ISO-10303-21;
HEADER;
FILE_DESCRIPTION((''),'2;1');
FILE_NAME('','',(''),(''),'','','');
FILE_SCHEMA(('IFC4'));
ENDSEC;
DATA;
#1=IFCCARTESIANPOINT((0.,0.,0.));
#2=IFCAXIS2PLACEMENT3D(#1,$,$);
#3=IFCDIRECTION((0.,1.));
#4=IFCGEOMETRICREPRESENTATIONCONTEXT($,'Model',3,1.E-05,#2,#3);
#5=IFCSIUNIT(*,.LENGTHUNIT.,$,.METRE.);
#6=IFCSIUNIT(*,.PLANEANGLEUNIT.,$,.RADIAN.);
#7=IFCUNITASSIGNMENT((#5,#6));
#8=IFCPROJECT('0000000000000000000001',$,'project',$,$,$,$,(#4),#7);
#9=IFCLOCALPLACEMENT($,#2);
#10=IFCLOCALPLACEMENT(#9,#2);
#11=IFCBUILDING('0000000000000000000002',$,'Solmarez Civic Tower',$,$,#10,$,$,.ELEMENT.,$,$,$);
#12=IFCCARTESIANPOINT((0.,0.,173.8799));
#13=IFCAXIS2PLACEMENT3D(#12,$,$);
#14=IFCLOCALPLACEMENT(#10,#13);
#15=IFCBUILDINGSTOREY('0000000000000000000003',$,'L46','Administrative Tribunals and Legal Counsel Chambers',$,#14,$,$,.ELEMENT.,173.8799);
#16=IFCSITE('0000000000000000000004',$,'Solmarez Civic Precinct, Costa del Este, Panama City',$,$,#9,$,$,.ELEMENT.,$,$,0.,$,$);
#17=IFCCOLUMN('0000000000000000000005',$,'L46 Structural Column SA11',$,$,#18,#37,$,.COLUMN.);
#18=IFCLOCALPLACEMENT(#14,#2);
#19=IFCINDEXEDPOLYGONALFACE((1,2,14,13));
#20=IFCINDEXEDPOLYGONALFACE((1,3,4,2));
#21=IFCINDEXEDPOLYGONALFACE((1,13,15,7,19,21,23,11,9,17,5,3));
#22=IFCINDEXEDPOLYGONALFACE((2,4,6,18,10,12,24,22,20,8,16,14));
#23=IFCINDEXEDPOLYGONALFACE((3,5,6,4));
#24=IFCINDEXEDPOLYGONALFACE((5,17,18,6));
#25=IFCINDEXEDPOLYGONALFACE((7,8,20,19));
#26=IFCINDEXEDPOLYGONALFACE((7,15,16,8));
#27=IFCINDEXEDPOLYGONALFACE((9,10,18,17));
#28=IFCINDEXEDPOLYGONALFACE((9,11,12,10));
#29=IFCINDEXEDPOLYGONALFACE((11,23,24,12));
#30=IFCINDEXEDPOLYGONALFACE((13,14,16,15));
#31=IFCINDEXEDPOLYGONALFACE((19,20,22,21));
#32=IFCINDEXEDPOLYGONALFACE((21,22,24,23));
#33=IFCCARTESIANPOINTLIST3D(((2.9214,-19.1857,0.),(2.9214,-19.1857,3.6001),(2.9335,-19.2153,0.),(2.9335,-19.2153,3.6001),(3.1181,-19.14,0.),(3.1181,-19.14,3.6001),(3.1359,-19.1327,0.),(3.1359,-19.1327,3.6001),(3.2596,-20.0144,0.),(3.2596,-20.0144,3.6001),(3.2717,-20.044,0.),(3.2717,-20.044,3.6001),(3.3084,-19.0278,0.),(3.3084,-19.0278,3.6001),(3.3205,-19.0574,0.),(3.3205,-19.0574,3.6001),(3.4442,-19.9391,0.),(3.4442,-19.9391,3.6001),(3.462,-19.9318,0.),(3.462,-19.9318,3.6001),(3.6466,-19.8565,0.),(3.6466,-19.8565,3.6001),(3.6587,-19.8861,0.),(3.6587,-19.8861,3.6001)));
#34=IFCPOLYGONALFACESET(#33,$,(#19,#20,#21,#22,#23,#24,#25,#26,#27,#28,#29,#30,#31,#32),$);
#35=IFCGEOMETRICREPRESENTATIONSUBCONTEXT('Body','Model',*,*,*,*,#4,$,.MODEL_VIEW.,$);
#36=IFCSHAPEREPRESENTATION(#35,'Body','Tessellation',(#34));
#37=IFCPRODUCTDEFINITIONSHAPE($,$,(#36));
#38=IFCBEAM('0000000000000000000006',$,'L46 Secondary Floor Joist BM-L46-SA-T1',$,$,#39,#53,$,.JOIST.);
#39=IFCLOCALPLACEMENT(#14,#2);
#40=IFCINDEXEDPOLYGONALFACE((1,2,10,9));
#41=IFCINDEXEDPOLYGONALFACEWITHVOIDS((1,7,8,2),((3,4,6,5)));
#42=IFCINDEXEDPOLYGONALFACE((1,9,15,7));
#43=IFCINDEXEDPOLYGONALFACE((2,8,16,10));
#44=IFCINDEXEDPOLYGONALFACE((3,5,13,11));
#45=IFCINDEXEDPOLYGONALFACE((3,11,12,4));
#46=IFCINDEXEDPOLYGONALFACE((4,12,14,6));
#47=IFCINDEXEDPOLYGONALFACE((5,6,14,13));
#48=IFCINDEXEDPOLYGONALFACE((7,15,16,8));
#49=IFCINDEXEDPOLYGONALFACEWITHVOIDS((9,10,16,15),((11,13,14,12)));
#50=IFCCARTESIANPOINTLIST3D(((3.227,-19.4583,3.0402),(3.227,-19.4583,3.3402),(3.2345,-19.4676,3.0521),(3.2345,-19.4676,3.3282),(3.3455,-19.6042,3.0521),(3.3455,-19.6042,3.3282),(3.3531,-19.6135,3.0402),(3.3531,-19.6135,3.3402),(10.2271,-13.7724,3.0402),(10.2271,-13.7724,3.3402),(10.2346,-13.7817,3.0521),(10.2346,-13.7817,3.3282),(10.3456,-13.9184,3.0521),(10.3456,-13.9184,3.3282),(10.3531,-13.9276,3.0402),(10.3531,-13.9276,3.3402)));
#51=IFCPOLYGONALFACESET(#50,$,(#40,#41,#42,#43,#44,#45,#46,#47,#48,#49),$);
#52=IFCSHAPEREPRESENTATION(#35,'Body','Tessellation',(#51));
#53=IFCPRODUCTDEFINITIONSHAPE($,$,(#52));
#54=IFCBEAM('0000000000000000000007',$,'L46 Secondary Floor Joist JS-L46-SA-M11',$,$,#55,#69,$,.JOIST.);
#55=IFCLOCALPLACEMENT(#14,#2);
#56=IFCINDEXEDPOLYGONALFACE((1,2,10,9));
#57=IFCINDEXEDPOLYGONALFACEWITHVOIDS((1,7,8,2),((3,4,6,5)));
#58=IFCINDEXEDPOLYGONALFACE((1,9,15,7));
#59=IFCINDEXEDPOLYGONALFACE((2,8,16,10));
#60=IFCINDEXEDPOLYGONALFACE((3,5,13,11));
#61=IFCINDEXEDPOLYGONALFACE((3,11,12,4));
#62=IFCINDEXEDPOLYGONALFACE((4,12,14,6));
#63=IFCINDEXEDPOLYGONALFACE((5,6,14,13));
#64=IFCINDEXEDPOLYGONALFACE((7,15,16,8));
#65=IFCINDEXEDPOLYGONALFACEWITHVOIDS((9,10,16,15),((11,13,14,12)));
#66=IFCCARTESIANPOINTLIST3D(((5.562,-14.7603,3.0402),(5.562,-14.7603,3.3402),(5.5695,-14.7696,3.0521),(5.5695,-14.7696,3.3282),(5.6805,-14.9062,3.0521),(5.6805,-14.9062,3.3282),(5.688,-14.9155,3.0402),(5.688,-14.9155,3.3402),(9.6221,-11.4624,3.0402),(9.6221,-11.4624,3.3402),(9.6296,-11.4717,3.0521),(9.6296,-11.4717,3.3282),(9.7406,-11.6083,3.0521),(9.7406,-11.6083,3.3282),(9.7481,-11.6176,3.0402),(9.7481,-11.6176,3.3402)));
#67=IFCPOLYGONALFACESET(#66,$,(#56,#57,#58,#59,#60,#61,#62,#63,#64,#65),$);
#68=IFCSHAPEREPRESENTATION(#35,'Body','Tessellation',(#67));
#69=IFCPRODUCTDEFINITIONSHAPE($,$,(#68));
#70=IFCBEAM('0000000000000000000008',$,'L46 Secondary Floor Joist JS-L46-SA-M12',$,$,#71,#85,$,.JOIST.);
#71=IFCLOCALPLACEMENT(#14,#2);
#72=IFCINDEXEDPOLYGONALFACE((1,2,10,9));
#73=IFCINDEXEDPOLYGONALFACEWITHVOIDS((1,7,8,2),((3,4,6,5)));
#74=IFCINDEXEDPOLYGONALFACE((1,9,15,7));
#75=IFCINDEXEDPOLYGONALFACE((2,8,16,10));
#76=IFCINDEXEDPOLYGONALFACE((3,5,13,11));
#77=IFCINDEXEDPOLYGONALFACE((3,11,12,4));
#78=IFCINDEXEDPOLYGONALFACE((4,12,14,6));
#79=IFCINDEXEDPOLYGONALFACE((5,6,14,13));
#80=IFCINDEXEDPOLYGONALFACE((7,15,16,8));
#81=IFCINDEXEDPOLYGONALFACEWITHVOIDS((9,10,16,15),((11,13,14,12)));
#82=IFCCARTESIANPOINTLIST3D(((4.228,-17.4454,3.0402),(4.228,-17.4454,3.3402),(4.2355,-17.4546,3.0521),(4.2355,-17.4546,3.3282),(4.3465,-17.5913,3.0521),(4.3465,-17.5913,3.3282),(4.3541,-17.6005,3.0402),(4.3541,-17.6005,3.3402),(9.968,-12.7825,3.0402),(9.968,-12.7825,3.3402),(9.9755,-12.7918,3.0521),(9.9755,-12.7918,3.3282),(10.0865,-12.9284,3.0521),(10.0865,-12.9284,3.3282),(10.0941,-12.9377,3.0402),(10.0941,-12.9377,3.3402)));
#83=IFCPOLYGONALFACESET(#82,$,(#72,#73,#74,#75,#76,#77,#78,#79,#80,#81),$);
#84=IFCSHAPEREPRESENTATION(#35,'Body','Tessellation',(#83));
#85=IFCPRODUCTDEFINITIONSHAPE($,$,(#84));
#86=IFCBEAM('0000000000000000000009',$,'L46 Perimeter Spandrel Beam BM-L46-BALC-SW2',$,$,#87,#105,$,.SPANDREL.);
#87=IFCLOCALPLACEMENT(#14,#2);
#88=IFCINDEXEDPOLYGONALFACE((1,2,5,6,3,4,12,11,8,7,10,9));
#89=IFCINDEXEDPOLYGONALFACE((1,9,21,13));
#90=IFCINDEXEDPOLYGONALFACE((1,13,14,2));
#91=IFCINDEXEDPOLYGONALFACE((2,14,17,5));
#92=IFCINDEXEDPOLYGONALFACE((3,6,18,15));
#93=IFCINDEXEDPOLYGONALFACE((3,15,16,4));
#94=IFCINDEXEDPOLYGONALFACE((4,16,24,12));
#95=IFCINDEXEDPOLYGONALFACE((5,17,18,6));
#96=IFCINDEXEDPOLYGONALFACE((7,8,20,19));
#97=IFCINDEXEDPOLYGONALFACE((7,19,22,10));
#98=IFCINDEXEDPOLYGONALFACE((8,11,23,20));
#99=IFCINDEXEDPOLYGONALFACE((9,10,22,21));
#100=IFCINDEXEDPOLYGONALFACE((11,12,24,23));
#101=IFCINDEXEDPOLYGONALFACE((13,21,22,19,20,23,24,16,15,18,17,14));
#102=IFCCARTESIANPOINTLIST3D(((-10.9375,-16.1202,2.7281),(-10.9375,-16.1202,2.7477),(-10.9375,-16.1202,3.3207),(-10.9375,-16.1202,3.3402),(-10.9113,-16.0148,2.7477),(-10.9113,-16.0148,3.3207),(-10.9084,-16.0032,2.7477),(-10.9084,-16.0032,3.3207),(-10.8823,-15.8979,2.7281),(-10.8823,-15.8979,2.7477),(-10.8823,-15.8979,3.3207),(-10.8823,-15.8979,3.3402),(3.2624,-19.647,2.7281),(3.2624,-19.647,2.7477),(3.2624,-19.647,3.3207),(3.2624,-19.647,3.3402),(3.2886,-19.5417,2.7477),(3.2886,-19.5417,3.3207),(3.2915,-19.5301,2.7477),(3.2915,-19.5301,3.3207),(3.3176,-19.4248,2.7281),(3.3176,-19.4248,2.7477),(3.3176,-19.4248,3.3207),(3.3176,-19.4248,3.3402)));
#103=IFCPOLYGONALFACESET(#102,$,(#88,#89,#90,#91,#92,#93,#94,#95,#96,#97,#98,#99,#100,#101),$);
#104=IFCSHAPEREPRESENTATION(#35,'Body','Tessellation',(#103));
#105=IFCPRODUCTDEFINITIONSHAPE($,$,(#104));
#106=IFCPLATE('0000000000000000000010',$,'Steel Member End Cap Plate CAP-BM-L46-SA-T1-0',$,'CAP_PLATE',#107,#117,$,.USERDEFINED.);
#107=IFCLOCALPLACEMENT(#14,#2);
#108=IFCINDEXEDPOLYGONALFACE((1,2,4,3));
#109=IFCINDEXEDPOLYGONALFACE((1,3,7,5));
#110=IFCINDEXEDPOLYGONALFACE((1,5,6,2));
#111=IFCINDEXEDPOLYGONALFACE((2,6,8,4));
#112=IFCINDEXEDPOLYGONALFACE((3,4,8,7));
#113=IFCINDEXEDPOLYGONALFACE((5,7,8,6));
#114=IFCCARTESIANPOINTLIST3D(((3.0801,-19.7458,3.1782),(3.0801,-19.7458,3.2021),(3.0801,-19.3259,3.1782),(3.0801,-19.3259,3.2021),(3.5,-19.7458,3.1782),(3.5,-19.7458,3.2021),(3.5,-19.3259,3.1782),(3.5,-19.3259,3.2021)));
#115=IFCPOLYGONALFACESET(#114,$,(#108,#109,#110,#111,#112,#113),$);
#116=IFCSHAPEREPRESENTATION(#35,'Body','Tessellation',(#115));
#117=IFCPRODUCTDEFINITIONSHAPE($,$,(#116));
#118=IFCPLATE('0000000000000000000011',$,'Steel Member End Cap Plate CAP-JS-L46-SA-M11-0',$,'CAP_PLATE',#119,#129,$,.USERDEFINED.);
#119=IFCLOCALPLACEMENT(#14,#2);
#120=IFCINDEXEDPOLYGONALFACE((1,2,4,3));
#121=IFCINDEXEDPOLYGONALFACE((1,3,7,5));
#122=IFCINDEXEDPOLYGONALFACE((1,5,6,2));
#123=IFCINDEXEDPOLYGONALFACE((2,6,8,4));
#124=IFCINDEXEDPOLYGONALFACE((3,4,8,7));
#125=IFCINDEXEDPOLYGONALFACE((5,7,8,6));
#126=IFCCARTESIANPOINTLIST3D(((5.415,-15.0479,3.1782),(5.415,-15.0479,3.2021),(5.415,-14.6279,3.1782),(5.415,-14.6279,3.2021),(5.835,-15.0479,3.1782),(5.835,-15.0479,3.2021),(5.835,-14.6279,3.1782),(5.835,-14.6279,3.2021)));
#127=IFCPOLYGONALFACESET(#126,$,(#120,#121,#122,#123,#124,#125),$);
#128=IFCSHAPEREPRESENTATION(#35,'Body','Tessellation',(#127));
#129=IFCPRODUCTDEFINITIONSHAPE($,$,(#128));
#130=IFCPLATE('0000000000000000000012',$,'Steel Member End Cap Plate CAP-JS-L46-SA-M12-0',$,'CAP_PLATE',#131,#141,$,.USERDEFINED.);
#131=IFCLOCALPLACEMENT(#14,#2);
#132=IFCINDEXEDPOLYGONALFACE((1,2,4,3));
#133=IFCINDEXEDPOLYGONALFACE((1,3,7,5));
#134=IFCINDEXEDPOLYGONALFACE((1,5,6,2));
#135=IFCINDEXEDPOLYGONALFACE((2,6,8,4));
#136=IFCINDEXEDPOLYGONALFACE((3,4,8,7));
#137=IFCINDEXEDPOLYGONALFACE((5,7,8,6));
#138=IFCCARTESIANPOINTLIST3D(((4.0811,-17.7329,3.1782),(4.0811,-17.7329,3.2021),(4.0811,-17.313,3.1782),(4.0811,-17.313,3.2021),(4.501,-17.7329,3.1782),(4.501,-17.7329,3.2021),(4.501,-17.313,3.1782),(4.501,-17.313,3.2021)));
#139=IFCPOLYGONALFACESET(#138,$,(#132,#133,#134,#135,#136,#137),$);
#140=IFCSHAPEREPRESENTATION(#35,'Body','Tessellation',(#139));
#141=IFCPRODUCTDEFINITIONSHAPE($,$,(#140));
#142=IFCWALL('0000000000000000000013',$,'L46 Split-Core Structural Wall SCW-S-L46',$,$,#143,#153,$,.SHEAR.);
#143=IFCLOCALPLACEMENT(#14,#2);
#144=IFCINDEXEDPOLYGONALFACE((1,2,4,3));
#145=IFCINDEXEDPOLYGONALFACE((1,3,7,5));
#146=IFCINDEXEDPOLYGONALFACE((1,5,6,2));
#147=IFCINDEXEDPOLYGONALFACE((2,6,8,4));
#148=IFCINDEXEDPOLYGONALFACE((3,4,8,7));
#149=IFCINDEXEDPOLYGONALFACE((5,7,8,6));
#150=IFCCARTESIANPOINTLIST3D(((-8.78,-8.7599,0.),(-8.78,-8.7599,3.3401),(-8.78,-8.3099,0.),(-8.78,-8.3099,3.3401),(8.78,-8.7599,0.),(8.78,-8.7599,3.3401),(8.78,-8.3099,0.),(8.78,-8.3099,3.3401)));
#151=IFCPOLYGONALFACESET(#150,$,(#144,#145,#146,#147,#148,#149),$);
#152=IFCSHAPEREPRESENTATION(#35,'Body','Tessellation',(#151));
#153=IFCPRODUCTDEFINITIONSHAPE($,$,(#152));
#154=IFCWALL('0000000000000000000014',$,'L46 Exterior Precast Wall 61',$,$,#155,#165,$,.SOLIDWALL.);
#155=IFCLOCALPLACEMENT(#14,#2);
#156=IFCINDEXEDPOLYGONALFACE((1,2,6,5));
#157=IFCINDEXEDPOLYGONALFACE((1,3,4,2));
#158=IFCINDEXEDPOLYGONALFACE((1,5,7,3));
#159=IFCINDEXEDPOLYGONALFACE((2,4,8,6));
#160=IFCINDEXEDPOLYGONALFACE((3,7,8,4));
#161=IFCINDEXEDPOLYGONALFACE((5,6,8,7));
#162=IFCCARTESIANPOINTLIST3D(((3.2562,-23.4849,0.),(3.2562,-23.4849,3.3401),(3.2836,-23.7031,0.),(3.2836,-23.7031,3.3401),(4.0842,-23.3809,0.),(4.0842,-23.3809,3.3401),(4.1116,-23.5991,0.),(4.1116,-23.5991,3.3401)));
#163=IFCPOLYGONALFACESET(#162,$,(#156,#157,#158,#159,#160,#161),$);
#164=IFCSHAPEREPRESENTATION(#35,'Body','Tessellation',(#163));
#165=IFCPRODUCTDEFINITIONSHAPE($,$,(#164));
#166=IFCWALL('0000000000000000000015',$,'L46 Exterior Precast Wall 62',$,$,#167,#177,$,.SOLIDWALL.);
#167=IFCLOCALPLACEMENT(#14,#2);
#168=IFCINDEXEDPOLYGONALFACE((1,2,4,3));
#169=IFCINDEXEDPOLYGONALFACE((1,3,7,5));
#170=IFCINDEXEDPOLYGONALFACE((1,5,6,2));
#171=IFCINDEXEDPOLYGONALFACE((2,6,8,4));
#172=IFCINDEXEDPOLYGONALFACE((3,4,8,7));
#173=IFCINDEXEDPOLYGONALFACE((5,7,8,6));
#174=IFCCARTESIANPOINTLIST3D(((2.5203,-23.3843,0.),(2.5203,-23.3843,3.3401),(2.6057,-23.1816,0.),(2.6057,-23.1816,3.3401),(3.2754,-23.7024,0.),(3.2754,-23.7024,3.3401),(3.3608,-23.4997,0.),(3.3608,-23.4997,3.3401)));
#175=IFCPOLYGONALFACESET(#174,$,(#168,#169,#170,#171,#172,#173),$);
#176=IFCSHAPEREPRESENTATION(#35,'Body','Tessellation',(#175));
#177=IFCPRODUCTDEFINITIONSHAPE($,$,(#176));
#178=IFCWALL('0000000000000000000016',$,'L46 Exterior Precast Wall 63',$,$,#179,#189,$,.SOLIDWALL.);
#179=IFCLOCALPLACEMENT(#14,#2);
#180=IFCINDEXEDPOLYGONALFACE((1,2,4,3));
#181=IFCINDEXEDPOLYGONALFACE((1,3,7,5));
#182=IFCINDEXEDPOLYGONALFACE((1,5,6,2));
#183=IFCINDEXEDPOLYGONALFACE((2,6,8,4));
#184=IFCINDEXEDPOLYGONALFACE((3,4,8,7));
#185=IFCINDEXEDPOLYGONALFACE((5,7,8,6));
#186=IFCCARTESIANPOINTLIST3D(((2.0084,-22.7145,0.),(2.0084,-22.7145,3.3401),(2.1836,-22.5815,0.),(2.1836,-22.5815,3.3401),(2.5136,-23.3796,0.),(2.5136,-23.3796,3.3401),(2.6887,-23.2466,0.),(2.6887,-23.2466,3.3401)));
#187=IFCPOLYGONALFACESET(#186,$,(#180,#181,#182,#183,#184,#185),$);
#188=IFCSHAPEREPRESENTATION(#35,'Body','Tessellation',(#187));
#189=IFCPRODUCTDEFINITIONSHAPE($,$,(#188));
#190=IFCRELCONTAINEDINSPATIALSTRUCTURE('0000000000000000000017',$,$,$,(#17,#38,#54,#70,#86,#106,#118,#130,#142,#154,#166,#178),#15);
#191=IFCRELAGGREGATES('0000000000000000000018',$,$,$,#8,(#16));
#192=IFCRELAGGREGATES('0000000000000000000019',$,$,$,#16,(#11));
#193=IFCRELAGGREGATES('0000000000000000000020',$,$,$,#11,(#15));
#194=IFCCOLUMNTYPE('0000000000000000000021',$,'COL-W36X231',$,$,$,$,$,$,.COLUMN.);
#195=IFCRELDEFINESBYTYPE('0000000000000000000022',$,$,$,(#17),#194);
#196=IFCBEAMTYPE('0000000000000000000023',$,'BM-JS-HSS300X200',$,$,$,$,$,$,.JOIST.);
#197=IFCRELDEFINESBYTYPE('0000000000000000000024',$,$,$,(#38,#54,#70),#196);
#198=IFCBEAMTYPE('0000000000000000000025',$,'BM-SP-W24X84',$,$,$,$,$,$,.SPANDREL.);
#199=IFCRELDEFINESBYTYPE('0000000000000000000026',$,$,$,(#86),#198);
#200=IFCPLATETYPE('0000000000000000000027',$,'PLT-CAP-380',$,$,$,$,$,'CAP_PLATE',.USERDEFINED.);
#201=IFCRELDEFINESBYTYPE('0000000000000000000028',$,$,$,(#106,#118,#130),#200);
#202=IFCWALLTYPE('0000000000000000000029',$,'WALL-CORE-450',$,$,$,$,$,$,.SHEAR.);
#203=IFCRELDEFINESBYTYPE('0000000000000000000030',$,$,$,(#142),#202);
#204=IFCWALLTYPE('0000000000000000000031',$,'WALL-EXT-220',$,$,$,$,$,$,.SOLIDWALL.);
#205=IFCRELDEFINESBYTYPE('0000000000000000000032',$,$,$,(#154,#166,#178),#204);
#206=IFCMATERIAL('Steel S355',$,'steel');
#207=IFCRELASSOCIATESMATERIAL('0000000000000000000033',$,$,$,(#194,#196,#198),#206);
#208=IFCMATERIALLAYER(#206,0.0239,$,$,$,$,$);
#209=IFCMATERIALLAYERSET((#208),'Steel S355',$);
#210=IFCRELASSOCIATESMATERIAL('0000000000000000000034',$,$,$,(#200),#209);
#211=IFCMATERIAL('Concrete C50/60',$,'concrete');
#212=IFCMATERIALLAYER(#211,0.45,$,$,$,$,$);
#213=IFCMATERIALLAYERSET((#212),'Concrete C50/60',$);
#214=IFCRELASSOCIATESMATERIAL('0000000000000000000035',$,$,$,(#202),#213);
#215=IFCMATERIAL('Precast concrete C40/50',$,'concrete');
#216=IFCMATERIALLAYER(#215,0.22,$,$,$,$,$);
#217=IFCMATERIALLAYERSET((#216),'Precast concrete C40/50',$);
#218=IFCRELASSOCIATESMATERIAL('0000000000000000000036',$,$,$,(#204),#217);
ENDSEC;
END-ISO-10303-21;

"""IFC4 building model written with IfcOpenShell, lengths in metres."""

from ifc_helpers import new_model, si_unit, direction, frame, frame_2d, origin, origin_2d, place, context, subcontext, project, spatial, rectangle, hollow_rectangle, i_section, extrude, material, layer, layer_set, material_profile, profile_set, type_object, element, save


model = new_model("IFC4")

# Units and contexts
model_context = context("Model", 3, precision=1e-05, world=origin(), true_north=direction((0.0, 1.0)))
body_context = subcontext(model_context, "Body", "Model", "MODEL_VIEW")
ifc_project = project(units=[si_unit("LENGTHUNIT", "METRE"), si_unit("PLANEANGLEUNIT", "RADIAN")], contexts=[model_context])

# Site, building, storey
site_placement = place(None, origin())
site = spatial("IfcSite", under=ifc_project, at=site_placement, Name="Solmarez Civic Precinct, Costa del Este, Panama City", CompositionType="ELEMENT", RefElevation=0.0)
building_placement = place(site_placement, origin())
building = spatial("IfcBuilding", under=site, at=building_placement, Name="Solmarez Civic Tower", CompositionType="ELEMENT")
storey_placement = place(building_placement, frame((0.0, 0.0, 173.8799)))
storey = spatial("IfcBuildingStorey", under=building, at=storey_placement, Name="L46", Description="Administrative Tribunals and Legal Counsel Chambers", CompositionType="ELEMENT", Elevation=173.8799)

# Column
ifc_material_1 = material(Name="Steel S355", Category="steel")
ifc_material_profile_1 = material_profile(ifc_material_1, i_section(OverallWidth=0.418, OverallDepth=0.927, WebThickness=0.0193, FlangeThickness=0.032, at=origin_2d()), Name="W36X231")
ifc_profile_set_1 = profile_set([ifc_material_profile_1], Name="Steel S355")
column_type = type_object("IfcColumnType", Name="COL-W36X231", PredefinedType="COLUMN", material=ifc_profile_set_1)
column_placement = place(storey_placement, frame((3.29, -19.5359, 0.0), z_axis=(0.0, 0.0, 1.0), x_axis=(0.925871, 0.377841, 0.0)))
element("IfcColumn", 1, at=column_placement, inside=storey, type_object=column_type, Name="L46 Structural Column SA11", PredefinedType="COLUMN", context=body_context, shape_type="SweptSolid", body=[
    extrude(i_section(OverallWidth=0.418, OverallDepth=0.927, WebThickness=0.0193, FlangeThickness=0.032, at=origin_2d()), origin(), (0.0, 0.0, 1.0), 3.6001),
])

# Beams
ifc_material_profile_2 = material_profile(ifc_material_1, hollow_rectangle(XDim=0.2, YDim=0.3, WallThickness=0.012, at=origin_2d()), Name="HSS300X200X12")
ifc_profile_set_2 = profile_set([ifc_material_profile_2], Name="Steel S355")
beam_type_1 = type_object("IfcBeamType", Name="BM-JS-HSS300X200", PredefinedType="JOIST", material=ifc_profile_set_2)
beam_1_placement = place(storey_placement, frame((3.29, -19.5359, 3.1902), z_axis=(0.776207, 0.630478, 0.0), x_axis=(-0.630478, 0.776207, 0.0)))
element("IfcBeam", 2, at=beam_1_placement, inside=storey, type_object=beam_type_1, Name="L46 Secondary Floor Joist BM-L46-SA-T1", PredefinedType="JOIST", context=body_context, shape_type="SweptSolid", body=[
    extrude(hollow_rectangle(XDim=0.2, YDim=0.3, WallThickness=0.012, at=origin_2d()), origin(), (0.0, 0.0, 1.0), 9.0183),
])
beam_2_placement = place(storey_placement, frame((5.625, -14.8379, 3.1902), z_axis=(0.776203, 0.630484, 0.0), x_axis=(-0.630484, 0.776203, 0.0)))
element("IfcBeam", 3, at=beam_2_placement, inside=storey, type_object=beam_type_1, Name="L46 Secondary Floor Joist JS-L46-SA-M11", PredefinedType="JOIST", context=body_context, shape_type="SweptSolid", body=[
    extrude(hollow_rectangle(XDim=0.2, YDim=0.3, WallThickness=0.012, at=origin_2d()), origin(), (0.0, 0.0, 1.0), 5.2307),
])
beam_3_placement = place(storey_placement, frame((4.291, -17.5229, 3.1902), z_axis=(0.776174, 0.630519, 0.0), x_axis=(-0.630519, 0.776174, 0.0)))
element("IfcBeam", 4, at=beam_3_placement, inside=storey, type_object=beam_type_1, Name="L46 Secondary Floor Joist JS-L46-SA-M12", PredefinedType="JOIST", context=body_context, shape_type="SweptSolid", body=[
    extrude(hollow_rectangle(XDim=0.2, YDim=0.3, WallThickness=0.012, at=origin_2d()), origin(), (0.0, 0.0, 1.0), 7.3953),
])
ifc_material_profile_3 = material_profile(ifc_material_1, i_section(OverallWidth=0.229, OverallDepth=0.6121, WebThickness=0.012, FlangeThickness=0.0195, at=origin_2d()), Name="W24X84")
ifc_profile_set_3 = profile_set([ifc_material_profile_3], Name="Steel S355")
beam_type_2 = type_object("IfcBeamType", Name="BM-SP-W24X84", PredefinedType="SPANDREL", material=ifc_profile_set_3)
beam_4_placement = place(storey_placement, frame((3.29, -19.5359, 3.0342), z_axis=(-0.970513, 0.241047, 0.0), x_axis=(-0.241047, -0.970513, 0.0)))
element("IfcBeam", 5, at=beam_4_placement, inside=storey, type_object=beam_type_2, Name="L46 Perimeter Spandrel Beam BM-L46-BALC-SW2", PredefinedType="SPANDREL", context=body_context, shape_type="SweptSolid", body=[
    extrude(i_section(OverallWidth=0.229, OverallDepth=0.6121, WebThickness=0.012, FlangeThickness=0.0195, at=origin_2d()), origin(), (0.0, 0.0, 1.0), 14.6313),
])

# Plates
ifc_layer_1 = layer(ifc_material_1, 0.0239)
ifc_layer_set_1 = layer_set([ifc_layer_1], Name="Steel S355")
plate_type = type_object("IfcPlateType", Name="PLT-CAP-380", ElementType="CAP_PLATE", PredefinedType="USERDEFINED", material=ifc_layer_set_1)
for number, where, z_axis, x_axis, name in (
    (6, (3.29, -19.5359, 3.1782), (0.0, 0.0, 1.0), (1.0, 0.0, 0.0), "Steel Member End Cap Plate CAP-BM-L46-SA-T1-0"),
    (7, (5.625, -14.8379, 3.1782), (0.0, 0.0, 1.0), (1.0, 0.0, 0.0), "Steel Member End Cap Plate CAP-JS-L46-SA-M11-0"),
    (8, (4.291, -17.5229, 3.1782), (0.0, 0.0, 1.0), (1.0, 0.0, 0.0), "Steel Member End Cap Plate CAP-JS-L46-SA-M12-0"),
):
    element("IfcPlate", number, at=place(storey_placement, frame(where, z_axis=z_axis, x_axis=x_axis)), inside=storey, type_object=plate_type, Name=name, ObjectType="CAP_PLATE", PredefinedType="USERDEFINED", context=body_context, shape_type="SweptSolid", body=[
        extrude(rectangle(XDim=0.4199, YDim=0.4199, at=origin_2d()), origin(), (0.0, 0.0, 1.0), 0.0239),
    ])

# Walls
ifc_material_2 = material(Name="Concrete C50/60", Category="concrete")
ifc_layer_2 = layer(ifc_material_2, 0.45)
ifc_layer_set_2 = layer_set([ifc_layer_2], Name="Concrete C50/60")
wall_type_1 = type_object("IfcWallType", Name="WALL-CORE-450", PredefinedType="SHEAR", material=ifc_layer_set_2)
wall_1_placement = place(storey_placement, frame((8.78, -8.5349, 0.0), z_axis=(0.0, 0.0, 1.0), x_axis=(-1.0, 0.0, 0.0)))
element("IfcWall", 9, at=wall_1_placement, inside=storey, type_object=wall_type_1, Name="L46 Split-Core Structural Wall SCW-S-L46", PredefinedType="SHEAR", context=body_context, shape_type="SweptSolid", body=[
    extrude(rectangle(XDim=17.5601, YDim=0.45, at=frame_2d((8.78, 0.0))), origin(), (0.0, 0.0, 1.0), 3.3401),
])
ifc_material_3 = material(Name="Precast concrete C40/50", Category="concrete")
ifc_layer_3 = layer(ifc_material_3, 0.22)
ifc_layer_set_3 = layer_set([ifc_layer_3], Name="Precast concrete C40/50")
wall_type_2 = type_object("IfcWallType", Name="WALL-EXT-220", PredefinedType="SOLIDWALL", material=ifc_layer_set_3)
wall_2_placement = place(storey_placement, frame((4.0979, -23.49, 0.0), z_axis=(0.0, 0.0, 1.0), x_axis=(-0.992201, -0.124647, 0.0)))
element("IfcWall", 10, at=wall_2_placement, inside=storey, type_object=wall_type_2, Name="L46 Exterior Precast Wall 61", PredefinedType="SOLIDWALL", context=body_context, shape_type="SweptSolid", body=[
    extrude(rectangle(XDim=0.8345, YDim=0.22, at=frame_2d((0.4172, 0.0))), origin(), (0.0, 0.0, 1.0), 3.3401),
])
wall_3_placement = place(storey_placement, frame((3.3181, -23.6011, 0.0), z_axis=(0.0, 0.0, 1.0), x_axis=(-0.921562, 0.38823, 0.0)))
element("IfcWall", 11, at=wall_3_placement, inside=storey, type_object=wall_type_2, Name="L46 Exterior Precast Wall 62", PredefinedType="SOLIDWALL", context=body_context, shape_type="SweptSolid", body=[
    extrude(rectangle(XDim=0.8193, YDim=0.22, at=frame_2d((0.4097, 0.0))), origin(), (0.0, 0.0, 1.0), 3.3401),
])
wall_4_placement = place(storey_placement, frame((2.6011, -23.313, 0.0), z_axis=(0.0, 0.0, 1.0), x_axis=(-0.604853, 0.796337, 0.0)))
element("IfcWall", 12, at=wall_4_placement, inside=storey, type_object=wall_type_2, Name="L46 Exterior Precast Wall 63", PredefinedType="SOLIDWALL", context=body_context, shape_type="SweptSolid", body=[
    extrude(rectangle(XDim=0.8352, YDim=0.22, at=frame_2d((0.4175, 0.0))), origin(), (0.0, 0.0, 1.0), 3.3401),
])

save(model, "model.ifc")
